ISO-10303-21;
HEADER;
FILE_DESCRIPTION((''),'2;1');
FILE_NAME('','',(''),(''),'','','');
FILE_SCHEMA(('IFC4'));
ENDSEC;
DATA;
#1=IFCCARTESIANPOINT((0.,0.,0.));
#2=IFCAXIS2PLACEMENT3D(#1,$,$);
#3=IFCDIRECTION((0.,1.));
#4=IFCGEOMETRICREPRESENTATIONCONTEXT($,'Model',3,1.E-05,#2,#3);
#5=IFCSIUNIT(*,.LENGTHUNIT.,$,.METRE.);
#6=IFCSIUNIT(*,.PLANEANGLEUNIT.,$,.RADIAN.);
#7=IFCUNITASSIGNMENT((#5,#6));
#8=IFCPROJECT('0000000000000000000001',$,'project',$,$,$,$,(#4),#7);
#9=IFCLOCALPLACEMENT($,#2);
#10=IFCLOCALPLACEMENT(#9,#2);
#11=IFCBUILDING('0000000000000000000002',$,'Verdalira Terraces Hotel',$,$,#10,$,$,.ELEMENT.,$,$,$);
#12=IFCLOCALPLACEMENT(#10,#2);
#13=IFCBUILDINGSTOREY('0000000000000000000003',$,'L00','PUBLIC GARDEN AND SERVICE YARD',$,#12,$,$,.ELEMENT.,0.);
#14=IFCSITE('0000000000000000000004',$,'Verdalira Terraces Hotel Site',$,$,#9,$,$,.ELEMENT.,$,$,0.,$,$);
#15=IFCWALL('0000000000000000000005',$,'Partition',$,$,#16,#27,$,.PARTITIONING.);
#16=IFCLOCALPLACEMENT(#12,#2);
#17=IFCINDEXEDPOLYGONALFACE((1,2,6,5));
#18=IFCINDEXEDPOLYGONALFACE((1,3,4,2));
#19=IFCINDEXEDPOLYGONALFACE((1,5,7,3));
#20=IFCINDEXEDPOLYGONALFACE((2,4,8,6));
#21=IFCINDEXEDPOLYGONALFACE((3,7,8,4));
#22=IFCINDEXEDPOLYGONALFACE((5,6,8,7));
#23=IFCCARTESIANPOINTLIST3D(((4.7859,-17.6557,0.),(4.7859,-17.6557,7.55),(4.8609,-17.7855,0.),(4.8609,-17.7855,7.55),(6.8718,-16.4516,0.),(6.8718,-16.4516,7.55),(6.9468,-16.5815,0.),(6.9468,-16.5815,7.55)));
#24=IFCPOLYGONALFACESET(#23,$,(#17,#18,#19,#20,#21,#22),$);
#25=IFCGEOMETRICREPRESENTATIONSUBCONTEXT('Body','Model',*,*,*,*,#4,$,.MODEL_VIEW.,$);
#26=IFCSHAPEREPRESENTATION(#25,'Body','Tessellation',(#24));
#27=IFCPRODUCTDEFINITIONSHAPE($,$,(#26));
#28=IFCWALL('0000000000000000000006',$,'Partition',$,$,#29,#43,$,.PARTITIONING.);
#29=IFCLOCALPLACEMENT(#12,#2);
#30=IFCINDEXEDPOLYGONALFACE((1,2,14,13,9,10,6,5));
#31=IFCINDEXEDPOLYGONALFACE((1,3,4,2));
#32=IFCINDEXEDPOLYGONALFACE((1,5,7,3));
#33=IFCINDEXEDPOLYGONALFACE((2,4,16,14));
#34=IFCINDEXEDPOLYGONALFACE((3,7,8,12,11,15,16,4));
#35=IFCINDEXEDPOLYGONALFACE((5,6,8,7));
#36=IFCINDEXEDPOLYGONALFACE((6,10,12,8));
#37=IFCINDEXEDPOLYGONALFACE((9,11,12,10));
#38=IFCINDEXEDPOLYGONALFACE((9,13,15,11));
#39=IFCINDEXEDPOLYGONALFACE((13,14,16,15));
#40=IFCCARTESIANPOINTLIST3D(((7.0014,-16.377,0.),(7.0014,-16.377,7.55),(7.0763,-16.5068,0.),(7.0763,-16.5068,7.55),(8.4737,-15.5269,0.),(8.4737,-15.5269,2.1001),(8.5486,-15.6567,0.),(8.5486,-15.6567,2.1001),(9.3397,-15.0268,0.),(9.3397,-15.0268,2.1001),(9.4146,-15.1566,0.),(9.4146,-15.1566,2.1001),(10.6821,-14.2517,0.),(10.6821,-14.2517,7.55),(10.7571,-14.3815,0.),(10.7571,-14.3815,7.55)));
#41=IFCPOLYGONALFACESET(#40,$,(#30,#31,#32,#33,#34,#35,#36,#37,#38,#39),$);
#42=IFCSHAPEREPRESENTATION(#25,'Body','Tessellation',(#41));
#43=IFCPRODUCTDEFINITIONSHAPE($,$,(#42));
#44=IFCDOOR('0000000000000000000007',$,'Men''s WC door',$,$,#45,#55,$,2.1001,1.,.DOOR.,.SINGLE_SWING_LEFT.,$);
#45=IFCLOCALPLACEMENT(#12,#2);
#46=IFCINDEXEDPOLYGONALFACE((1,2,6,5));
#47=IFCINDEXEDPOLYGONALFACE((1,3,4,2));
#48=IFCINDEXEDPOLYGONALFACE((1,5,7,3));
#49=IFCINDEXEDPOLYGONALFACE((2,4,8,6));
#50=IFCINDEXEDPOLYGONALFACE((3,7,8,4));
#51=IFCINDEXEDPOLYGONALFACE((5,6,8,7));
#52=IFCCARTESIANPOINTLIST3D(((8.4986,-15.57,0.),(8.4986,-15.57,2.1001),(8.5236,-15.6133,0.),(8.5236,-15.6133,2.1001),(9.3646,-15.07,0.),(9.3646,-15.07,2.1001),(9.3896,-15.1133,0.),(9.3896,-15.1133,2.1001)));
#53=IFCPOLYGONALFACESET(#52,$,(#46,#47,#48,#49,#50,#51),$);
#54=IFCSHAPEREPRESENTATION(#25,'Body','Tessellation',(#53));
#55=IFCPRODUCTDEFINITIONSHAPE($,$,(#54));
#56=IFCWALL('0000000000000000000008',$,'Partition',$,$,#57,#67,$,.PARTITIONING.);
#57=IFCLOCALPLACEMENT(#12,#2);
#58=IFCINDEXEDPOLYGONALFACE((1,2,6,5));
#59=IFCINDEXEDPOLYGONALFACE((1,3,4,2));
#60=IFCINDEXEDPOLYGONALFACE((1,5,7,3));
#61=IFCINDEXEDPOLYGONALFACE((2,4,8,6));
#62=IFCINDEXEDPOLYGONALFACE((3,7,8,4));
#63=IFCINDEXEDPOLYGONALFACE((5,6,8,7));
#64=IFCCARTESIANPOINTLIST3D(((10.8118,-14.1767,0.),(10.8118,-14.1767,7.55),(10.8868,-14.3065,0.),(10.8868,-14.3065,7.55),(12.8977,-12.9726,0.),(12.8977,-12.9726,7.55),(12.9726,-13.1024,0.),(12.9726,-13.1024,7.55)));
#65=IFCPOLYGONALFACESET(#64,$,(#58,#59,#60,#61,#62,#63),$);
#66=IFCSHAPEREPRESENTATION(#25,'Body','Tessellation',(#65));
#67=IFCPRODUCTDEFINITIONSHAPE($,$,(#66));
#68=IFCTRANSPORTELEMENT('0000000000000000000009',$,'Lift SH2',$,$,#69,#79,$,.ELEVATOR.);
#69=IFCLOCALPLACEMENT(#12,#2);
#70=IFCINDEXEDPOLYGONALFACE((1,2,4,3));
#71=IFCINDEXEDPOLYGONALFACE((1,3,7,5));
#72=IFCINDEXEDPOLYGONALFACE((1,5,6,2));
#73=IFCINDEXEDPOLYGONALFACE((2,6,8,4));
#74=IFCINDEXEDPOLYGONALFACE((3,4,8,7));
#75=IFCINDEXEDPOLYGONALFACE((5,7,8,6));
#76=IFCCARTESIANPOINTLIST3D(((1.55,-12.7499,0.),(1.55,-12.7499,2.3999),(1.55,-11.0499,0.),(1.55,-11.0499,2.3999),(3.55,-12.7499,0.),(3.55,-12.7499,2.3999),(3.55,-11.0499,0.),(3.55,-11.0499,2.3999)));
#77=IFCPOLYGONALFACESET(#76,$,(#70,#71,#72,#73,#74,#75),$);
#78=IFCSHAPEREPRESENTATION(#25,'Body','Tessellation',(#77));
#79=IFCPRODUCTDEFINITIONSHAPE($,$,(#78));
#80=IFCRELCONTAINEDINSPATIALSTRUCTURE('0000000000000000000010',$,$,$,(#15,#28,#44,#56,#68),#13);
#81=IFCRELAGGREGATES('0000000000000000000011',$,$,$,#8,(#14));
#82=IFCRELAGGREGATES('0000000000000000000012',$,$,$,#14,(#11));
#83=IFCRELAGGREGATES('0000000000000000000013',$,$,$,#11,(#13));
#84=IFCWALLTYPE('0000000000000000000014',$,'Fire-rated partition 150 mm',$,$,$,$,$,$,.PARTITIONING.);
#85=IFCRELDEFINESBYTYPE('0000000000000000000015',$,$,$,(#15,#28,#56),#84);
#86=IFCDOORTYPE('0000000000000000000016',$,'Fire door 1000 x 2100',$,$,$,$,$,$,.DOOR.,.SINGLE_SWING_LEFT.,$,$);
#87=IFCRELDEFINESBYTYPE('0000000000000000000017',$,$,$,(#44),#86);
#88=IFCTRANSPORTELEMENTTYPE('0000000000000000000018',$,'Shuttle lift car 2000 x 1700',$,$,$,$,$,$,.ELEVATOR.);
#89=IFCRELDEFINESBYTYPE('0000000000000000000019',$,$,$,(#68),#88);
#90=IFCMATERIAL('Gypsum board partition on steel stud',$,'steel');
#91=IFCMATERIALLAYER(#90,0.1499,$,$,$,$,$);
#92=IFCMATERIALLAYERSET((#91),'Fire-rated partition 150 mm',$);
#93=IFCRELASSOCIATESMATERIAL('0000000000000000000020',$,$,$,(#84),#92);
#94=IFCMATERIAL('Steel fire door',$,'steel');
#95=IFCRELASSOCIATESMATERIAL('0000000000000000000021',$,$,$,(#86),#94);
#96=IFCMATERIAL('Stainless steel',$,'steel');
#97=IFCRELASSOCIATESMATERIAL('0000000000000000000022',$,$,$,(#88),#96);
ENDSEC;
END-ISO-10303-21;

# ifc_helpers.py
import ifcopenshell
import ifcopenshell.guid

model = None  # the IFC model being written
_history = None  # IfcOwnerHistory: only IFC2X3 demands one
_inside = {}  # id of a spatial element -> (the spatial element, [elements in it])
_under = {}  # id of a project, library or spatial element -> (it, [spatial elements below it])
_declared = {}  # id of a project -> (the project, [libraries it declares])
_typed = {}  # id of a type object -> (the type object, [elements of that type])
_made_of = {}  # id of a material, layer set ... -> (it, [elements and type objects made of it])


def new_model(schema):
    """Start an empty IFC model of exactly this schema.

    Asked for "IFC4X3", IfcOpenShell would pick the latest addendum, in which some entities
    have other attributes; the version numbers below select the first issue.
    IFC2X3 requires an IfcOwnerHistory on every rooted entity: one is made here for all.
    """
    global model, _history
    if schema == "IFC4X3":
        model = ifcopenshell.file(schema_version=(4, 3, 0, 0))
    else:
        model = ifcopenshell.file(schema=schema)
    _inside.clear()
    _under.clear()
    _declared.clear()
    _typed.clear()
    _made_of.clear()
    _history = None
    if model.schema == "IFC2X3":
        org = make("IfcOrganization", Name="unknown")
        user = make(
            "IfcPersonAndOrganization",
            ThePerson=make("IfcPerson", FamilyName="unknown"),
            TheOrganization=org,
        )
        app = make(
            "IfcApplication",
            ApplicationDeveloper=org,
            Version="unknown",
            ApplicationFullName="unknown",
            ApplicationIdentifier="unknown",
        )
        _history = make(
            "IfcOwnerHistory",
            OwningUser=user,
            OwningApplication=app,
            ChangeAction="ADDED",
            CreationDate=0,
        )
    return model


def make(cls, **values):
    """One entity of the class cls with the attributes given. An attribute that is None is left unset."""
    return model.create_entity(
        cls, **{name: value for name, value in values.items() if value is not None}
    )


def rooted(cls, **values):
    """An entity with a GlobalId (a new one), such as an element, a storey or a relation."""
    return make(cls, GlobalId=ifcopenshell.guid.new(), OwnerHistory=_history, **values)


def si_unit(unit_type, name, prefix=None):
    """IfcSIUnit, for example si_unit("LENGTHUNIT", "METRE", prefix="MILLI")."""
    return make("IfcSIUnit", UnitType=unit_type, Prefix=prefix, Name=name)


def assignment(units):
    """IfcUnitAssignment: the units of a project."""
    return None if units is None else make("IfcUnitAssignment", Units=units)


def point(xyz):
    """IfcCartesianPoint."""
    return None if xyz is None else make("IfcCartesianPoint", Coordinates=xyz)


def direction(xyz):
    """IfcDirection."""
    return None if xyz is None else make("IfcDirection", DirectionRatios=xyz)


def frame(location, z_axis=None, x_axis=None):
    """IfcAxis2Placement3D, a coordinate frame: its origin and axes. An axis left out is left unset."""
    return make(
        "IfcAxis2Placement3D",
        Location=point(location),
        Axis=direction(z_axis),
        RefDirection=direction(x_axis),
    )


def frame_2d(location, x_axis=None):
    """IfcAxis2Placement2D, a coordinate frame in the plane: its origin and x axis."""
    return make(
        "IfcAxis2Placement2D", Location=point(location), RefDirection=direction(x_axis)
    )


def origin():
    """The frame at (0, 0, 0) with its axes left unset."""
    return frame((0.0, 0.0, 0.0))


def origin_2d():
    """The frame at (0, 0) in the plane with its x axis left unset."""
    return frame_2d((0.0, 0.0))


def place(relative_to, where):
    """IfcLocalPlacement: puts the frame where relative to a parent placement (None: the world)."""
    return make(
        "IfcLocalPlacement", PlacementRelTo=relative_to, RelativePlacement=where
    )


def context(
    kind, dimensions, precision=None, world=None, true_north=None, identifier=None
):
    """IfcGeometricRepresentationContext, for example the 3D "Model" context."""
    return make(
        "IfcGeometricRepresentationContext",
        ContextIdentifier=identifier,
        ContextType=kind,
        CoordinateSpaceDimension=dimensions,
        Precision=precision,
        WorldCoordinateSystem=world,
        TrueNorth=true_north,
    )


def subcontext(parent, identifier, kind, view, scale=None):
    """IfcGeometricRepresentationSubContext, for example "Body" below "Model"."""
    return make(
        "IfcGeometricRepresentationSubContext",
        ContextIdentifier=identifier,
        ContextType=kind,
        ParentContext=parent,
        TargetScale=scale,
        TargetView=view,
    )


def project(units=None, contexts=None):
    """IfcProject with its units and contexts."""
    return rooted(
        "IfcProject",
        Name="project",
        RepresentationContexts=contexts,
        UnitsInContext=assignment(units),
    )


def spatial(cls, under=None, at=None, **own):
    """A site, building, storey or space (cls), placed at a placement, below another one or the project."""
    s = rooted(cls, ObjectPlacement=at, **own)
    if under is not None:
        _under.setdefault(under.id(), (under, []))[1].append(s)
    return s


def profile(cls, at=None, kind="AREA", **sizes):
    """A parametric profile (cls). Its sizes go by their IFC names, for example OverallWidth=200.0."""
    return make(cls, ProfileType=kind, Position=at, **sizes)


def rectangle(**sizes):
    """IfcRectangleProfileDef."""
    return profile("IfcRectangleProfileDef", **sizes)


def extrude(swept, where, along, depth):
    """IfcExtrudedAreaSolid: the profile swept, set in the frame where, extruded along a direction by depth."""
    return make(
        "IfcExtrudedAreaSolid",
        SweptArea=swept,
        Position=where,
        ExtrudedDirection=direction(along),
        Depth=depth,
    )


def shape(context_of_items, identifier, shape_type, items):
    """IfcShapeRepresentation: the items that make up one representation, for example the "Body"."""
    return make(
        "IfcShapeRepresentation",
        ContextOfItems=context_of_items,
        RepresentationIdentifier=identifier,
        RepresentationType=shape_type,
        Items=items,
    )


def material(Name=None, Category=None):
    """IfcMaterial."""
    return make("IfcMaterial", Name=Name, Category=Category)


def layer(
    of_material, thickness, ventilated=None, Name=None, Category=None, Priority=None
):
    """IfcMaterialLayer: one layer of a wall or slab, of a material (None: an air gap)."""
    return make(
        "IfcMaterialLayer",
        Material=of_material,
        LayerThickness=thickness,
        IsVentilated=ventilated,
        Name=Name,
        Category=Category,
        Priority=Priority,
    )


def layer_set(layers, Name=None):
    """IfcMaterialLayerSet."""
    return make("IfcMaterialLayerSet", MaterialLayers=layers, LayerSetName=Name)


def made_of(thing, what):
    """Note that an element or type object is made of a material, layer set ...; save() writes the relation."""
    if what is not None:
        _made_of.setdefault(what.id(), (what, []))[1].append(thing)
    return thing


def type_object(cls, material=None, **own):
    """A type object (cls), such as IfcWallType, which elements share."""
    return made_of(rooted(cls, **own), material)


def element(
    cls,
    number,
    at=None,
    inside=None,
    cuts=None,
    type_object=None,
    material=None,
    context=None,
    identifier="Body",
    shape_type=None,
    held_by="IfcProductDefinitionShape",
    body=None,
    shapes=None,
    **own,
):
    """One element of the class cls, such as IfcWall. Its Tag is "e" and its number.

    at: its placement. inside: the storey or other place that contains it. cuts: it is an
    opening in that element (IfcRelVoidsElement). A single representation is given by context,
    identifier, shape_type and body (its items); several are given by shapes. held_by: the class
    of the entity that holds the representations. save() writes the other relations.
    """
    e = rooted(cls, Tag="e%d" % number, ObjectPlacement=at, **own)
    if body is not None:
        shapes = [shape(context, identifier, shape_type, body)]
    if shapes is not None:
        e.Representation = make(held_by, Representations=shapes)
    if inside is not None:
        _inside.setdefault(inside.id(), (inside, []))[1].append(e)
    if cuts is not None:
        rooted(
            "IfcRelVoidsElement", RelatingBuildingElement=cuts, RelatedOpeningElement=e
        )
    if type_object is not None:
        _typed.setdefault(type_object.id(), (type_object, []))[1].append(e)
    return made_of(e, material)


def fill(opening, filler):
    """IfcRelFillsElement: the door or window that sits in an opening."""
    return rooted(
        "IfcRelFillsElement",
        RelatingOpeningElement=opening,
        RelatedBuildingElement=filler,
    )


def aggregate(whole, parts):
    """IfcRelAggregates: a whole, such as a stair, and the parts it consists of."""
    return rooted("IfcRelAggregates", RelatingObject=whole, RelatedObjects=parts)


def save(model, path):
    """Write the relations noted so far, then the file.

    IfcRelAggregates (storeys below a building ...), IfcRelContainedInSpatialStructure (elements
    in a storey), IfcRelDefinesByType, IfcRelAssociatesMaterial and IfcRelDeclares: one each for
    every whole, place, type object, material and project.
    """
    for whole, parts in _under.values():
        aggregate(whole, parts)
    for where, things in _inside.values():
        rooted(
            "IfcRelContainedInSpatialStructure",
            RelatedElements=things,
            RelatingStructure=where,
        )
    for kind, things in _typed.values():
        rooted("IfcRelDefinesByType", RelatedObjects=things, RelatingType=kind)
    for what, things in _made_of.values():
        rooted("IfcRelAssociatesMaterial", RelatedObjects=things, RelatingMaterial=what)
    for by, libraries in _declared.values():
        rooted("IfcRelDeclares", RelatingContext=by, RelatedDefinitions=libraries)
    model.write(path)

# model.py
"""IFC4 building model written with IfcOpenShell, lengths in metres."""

from ifc_helpers import new_model, si_unit, direction, frame, frame_2d, origin, origin_2d, place, context, subcontext, project, spatial, rectangle, extrude, material, layer, layer_set, type_object, element, fill, save


model = new_model("IFC4")

# Units and contexts
model_context = context("Model", 3, precision=1e-05, world=origin(), true_north=direction((0.0, 1.0)))
body_context = subcontext(model_context, "Body", "Model", "MODEL_VIEW")
ifc_project = project(units=[si_unit("LENGTHUNIT", "METRE"), si_unit("PLANEANGLEUNIT", "RADIAN")], contexts=[model_context])

# Site, building, storey
site_placement = place(None, origin())
site = spatial("IfcSite", under=ifc_project, at=site_placement, Name="Verdalira Terraces Hotel Site", CompositionType="ELEMENT", RefElevation=0.0)
building_placement = place(site_placement, origin())
building = spatial("IfcBuilding", under=site, at=building_placement, Name="Verdalira Terraces Hotel", CompositionType="ELEMENT")
storey_placement = place(building_placement, origin())
storey = spatial("IfcBuildingStorey", under=building, at=storey_placement, Name="L00", Description="PUBLIC GARDEN AND SERVICE YARD", CompositionType="ELEMENT", Elevation=0.0)

# Wall
ifc_material_1 = material(Name="Gypsum board partition on steel stud", Category="steel")
ifc_layer_1 = layer(ifc_material_1, 0.1499)
ifc_layer_set_1 = layer_set([ifc_layer_1], Name="Fire-rated partition 150 mm")
wall_type_1 = type_object("IfcWallType", Name="Fire-rated partition 150 mm", PredefinedType="PARTITIONING", material=ifc_layer_set_1)
wall_1_placement = place(storey_placement, frame((6.9092, -16.5166, 0.0), z_axis=(0.0, 0.0, 1.0), x_axis=(-0.866064, -0.499933, 0.0)))
element("IfcWall", 1, at=wall_1_placement, inside=storey, type_object=wall_type_1, Name="Partition", PredefinedType="PARTITIONING", context=body_context, shape_type="SweptSolid", body=[
    extrude(rectangle(XDim=2.4084, YDim=0.1499, at=frame_2d((1.2041, 0.0))), origin(), (0.0, 0.0, 1.0), 7.55),
])

# Wall, opening, door
wall_2_placement = place(storey_placement, frame((10.7195, -14.3166, 0.0), z_axis=(0.0, 0.0, 1.0), x_axis=(-0.866004, -0.500037, 0.0)))
wall_2 = element("IfcWall", 2, at=wall_2_placement, inside=storey, type_object=wall_type_1, Name="Partition", PredefinedType="PARTITIONING", context=body_context, shape_type="SweptSolid", body=[
    extrude(rectangle(XDim=4.2502, YDim=0.1499, at=frame_2d((2.125, 0.0))), origin(), (0.0, 0.0, 1.0), 7.55),
])
opening_1_placement = place(wall_2_placement, frame((1.55, 0.0, 0.0)))
opening_1 = element("IfcOpeningElement", 3, at=opening_1_placement, cuts=wall_2, PredefinedType="OPENING", context=body_context, shape_type="SweptSolid", body=[
    extrude(rectangle(XDim=1.0, YDim=2.1001, at=frame_2d((0.5, 1.05))), frame((0.0, 0.085, 0.0), z_axis=(0.0, -1.0, 0.0), x_axis=(1.0, 0.0, 0.0)), (0.0, 0.0, 1.0), 0.1699),
])
ifc_material_2 = material(Name="Steel fire door", Category="steel")
door_type_1 = type_object("IfcDoorType", Name="Fire door 1000 x 2100", OperationType="SINGLE_SWING_LEFT", PredefinedType="DOOR", material=ifc_material_2)
door_1_placement = place(opening_1_placement, origin())
door_1 = element("IfcDoor", 4, at=door_1_placement, inside=storey, type_object=door_type_1, Name="Men's WC door", OperationType="SINGLE_SWING_LEFT", OverallHeight=2.1001, OverallWidth=1.0, PredefinedType="DOOR", context=body_context, shape_type="SweptSolid", body=[
    extrude(rectangle(XDim=1.0, YDim=2.1001, at=frame_2d((0.5, 1.05))), frame((0.0, 0.0249, 0.0), z_axis=(0.0, -1.0, 0.0), x_axis=(1.0, 0.0, 0.0)), (0.0, 0.0, 1.0), 0.05),
])
fill(opening_1, door_1)

# Wall
wall_3_placement = place(storey_placement, frame((12.9351, -13.0376, 0.0), z_axis=(0.0, 0.0, 1.0), x_axis=(-0.866064, -0.499933, 0.0)))
element("IfcWall", 5, at=wall_3_placement, inside=storey, type_object=wall_type_1, Name="Partition", PredefinedType="PARTITIONING", context=body_context, shape_type="SweptSolid", body=[
    extrude(rectangle(XDim=2.4084, YDim=0.1499, at=frame_2d((1.2041, 0.0))), origin(), (0.0, 0.0, 1.0), 7.55),
])

# Transport element
ifc_material_3 = material(Name="Stainless steel", Category="steel")
transport_element_type = type_object("IfcTransportElementType", Name="Shuttle lift car 2000 x 1700", PredefinedType="ELEVATOR", material=ifc_material_3)
transport_element_placement = place(storey_placement, frame((2.55, -11.8999, 0.0), z_axis=(0.0, 0.0, 1.0), x_axis=(1.0, 0.0, 0.0)))
element("IfcTransportElement", 6, at=transport_element_placement, inside=storey, type_object=transport_element_type, Name="Lift SH2", PredefinedType="ELEVATOR", context=body_context, shape_type="SweptSolid", body=[
    extrude(rectangle(XDim=2.0, YDim=1.7, at=origin_2d()), origin(), (0.0, 0.0, 1.0), 2.3999),
])

save(model, "model.ifc")
